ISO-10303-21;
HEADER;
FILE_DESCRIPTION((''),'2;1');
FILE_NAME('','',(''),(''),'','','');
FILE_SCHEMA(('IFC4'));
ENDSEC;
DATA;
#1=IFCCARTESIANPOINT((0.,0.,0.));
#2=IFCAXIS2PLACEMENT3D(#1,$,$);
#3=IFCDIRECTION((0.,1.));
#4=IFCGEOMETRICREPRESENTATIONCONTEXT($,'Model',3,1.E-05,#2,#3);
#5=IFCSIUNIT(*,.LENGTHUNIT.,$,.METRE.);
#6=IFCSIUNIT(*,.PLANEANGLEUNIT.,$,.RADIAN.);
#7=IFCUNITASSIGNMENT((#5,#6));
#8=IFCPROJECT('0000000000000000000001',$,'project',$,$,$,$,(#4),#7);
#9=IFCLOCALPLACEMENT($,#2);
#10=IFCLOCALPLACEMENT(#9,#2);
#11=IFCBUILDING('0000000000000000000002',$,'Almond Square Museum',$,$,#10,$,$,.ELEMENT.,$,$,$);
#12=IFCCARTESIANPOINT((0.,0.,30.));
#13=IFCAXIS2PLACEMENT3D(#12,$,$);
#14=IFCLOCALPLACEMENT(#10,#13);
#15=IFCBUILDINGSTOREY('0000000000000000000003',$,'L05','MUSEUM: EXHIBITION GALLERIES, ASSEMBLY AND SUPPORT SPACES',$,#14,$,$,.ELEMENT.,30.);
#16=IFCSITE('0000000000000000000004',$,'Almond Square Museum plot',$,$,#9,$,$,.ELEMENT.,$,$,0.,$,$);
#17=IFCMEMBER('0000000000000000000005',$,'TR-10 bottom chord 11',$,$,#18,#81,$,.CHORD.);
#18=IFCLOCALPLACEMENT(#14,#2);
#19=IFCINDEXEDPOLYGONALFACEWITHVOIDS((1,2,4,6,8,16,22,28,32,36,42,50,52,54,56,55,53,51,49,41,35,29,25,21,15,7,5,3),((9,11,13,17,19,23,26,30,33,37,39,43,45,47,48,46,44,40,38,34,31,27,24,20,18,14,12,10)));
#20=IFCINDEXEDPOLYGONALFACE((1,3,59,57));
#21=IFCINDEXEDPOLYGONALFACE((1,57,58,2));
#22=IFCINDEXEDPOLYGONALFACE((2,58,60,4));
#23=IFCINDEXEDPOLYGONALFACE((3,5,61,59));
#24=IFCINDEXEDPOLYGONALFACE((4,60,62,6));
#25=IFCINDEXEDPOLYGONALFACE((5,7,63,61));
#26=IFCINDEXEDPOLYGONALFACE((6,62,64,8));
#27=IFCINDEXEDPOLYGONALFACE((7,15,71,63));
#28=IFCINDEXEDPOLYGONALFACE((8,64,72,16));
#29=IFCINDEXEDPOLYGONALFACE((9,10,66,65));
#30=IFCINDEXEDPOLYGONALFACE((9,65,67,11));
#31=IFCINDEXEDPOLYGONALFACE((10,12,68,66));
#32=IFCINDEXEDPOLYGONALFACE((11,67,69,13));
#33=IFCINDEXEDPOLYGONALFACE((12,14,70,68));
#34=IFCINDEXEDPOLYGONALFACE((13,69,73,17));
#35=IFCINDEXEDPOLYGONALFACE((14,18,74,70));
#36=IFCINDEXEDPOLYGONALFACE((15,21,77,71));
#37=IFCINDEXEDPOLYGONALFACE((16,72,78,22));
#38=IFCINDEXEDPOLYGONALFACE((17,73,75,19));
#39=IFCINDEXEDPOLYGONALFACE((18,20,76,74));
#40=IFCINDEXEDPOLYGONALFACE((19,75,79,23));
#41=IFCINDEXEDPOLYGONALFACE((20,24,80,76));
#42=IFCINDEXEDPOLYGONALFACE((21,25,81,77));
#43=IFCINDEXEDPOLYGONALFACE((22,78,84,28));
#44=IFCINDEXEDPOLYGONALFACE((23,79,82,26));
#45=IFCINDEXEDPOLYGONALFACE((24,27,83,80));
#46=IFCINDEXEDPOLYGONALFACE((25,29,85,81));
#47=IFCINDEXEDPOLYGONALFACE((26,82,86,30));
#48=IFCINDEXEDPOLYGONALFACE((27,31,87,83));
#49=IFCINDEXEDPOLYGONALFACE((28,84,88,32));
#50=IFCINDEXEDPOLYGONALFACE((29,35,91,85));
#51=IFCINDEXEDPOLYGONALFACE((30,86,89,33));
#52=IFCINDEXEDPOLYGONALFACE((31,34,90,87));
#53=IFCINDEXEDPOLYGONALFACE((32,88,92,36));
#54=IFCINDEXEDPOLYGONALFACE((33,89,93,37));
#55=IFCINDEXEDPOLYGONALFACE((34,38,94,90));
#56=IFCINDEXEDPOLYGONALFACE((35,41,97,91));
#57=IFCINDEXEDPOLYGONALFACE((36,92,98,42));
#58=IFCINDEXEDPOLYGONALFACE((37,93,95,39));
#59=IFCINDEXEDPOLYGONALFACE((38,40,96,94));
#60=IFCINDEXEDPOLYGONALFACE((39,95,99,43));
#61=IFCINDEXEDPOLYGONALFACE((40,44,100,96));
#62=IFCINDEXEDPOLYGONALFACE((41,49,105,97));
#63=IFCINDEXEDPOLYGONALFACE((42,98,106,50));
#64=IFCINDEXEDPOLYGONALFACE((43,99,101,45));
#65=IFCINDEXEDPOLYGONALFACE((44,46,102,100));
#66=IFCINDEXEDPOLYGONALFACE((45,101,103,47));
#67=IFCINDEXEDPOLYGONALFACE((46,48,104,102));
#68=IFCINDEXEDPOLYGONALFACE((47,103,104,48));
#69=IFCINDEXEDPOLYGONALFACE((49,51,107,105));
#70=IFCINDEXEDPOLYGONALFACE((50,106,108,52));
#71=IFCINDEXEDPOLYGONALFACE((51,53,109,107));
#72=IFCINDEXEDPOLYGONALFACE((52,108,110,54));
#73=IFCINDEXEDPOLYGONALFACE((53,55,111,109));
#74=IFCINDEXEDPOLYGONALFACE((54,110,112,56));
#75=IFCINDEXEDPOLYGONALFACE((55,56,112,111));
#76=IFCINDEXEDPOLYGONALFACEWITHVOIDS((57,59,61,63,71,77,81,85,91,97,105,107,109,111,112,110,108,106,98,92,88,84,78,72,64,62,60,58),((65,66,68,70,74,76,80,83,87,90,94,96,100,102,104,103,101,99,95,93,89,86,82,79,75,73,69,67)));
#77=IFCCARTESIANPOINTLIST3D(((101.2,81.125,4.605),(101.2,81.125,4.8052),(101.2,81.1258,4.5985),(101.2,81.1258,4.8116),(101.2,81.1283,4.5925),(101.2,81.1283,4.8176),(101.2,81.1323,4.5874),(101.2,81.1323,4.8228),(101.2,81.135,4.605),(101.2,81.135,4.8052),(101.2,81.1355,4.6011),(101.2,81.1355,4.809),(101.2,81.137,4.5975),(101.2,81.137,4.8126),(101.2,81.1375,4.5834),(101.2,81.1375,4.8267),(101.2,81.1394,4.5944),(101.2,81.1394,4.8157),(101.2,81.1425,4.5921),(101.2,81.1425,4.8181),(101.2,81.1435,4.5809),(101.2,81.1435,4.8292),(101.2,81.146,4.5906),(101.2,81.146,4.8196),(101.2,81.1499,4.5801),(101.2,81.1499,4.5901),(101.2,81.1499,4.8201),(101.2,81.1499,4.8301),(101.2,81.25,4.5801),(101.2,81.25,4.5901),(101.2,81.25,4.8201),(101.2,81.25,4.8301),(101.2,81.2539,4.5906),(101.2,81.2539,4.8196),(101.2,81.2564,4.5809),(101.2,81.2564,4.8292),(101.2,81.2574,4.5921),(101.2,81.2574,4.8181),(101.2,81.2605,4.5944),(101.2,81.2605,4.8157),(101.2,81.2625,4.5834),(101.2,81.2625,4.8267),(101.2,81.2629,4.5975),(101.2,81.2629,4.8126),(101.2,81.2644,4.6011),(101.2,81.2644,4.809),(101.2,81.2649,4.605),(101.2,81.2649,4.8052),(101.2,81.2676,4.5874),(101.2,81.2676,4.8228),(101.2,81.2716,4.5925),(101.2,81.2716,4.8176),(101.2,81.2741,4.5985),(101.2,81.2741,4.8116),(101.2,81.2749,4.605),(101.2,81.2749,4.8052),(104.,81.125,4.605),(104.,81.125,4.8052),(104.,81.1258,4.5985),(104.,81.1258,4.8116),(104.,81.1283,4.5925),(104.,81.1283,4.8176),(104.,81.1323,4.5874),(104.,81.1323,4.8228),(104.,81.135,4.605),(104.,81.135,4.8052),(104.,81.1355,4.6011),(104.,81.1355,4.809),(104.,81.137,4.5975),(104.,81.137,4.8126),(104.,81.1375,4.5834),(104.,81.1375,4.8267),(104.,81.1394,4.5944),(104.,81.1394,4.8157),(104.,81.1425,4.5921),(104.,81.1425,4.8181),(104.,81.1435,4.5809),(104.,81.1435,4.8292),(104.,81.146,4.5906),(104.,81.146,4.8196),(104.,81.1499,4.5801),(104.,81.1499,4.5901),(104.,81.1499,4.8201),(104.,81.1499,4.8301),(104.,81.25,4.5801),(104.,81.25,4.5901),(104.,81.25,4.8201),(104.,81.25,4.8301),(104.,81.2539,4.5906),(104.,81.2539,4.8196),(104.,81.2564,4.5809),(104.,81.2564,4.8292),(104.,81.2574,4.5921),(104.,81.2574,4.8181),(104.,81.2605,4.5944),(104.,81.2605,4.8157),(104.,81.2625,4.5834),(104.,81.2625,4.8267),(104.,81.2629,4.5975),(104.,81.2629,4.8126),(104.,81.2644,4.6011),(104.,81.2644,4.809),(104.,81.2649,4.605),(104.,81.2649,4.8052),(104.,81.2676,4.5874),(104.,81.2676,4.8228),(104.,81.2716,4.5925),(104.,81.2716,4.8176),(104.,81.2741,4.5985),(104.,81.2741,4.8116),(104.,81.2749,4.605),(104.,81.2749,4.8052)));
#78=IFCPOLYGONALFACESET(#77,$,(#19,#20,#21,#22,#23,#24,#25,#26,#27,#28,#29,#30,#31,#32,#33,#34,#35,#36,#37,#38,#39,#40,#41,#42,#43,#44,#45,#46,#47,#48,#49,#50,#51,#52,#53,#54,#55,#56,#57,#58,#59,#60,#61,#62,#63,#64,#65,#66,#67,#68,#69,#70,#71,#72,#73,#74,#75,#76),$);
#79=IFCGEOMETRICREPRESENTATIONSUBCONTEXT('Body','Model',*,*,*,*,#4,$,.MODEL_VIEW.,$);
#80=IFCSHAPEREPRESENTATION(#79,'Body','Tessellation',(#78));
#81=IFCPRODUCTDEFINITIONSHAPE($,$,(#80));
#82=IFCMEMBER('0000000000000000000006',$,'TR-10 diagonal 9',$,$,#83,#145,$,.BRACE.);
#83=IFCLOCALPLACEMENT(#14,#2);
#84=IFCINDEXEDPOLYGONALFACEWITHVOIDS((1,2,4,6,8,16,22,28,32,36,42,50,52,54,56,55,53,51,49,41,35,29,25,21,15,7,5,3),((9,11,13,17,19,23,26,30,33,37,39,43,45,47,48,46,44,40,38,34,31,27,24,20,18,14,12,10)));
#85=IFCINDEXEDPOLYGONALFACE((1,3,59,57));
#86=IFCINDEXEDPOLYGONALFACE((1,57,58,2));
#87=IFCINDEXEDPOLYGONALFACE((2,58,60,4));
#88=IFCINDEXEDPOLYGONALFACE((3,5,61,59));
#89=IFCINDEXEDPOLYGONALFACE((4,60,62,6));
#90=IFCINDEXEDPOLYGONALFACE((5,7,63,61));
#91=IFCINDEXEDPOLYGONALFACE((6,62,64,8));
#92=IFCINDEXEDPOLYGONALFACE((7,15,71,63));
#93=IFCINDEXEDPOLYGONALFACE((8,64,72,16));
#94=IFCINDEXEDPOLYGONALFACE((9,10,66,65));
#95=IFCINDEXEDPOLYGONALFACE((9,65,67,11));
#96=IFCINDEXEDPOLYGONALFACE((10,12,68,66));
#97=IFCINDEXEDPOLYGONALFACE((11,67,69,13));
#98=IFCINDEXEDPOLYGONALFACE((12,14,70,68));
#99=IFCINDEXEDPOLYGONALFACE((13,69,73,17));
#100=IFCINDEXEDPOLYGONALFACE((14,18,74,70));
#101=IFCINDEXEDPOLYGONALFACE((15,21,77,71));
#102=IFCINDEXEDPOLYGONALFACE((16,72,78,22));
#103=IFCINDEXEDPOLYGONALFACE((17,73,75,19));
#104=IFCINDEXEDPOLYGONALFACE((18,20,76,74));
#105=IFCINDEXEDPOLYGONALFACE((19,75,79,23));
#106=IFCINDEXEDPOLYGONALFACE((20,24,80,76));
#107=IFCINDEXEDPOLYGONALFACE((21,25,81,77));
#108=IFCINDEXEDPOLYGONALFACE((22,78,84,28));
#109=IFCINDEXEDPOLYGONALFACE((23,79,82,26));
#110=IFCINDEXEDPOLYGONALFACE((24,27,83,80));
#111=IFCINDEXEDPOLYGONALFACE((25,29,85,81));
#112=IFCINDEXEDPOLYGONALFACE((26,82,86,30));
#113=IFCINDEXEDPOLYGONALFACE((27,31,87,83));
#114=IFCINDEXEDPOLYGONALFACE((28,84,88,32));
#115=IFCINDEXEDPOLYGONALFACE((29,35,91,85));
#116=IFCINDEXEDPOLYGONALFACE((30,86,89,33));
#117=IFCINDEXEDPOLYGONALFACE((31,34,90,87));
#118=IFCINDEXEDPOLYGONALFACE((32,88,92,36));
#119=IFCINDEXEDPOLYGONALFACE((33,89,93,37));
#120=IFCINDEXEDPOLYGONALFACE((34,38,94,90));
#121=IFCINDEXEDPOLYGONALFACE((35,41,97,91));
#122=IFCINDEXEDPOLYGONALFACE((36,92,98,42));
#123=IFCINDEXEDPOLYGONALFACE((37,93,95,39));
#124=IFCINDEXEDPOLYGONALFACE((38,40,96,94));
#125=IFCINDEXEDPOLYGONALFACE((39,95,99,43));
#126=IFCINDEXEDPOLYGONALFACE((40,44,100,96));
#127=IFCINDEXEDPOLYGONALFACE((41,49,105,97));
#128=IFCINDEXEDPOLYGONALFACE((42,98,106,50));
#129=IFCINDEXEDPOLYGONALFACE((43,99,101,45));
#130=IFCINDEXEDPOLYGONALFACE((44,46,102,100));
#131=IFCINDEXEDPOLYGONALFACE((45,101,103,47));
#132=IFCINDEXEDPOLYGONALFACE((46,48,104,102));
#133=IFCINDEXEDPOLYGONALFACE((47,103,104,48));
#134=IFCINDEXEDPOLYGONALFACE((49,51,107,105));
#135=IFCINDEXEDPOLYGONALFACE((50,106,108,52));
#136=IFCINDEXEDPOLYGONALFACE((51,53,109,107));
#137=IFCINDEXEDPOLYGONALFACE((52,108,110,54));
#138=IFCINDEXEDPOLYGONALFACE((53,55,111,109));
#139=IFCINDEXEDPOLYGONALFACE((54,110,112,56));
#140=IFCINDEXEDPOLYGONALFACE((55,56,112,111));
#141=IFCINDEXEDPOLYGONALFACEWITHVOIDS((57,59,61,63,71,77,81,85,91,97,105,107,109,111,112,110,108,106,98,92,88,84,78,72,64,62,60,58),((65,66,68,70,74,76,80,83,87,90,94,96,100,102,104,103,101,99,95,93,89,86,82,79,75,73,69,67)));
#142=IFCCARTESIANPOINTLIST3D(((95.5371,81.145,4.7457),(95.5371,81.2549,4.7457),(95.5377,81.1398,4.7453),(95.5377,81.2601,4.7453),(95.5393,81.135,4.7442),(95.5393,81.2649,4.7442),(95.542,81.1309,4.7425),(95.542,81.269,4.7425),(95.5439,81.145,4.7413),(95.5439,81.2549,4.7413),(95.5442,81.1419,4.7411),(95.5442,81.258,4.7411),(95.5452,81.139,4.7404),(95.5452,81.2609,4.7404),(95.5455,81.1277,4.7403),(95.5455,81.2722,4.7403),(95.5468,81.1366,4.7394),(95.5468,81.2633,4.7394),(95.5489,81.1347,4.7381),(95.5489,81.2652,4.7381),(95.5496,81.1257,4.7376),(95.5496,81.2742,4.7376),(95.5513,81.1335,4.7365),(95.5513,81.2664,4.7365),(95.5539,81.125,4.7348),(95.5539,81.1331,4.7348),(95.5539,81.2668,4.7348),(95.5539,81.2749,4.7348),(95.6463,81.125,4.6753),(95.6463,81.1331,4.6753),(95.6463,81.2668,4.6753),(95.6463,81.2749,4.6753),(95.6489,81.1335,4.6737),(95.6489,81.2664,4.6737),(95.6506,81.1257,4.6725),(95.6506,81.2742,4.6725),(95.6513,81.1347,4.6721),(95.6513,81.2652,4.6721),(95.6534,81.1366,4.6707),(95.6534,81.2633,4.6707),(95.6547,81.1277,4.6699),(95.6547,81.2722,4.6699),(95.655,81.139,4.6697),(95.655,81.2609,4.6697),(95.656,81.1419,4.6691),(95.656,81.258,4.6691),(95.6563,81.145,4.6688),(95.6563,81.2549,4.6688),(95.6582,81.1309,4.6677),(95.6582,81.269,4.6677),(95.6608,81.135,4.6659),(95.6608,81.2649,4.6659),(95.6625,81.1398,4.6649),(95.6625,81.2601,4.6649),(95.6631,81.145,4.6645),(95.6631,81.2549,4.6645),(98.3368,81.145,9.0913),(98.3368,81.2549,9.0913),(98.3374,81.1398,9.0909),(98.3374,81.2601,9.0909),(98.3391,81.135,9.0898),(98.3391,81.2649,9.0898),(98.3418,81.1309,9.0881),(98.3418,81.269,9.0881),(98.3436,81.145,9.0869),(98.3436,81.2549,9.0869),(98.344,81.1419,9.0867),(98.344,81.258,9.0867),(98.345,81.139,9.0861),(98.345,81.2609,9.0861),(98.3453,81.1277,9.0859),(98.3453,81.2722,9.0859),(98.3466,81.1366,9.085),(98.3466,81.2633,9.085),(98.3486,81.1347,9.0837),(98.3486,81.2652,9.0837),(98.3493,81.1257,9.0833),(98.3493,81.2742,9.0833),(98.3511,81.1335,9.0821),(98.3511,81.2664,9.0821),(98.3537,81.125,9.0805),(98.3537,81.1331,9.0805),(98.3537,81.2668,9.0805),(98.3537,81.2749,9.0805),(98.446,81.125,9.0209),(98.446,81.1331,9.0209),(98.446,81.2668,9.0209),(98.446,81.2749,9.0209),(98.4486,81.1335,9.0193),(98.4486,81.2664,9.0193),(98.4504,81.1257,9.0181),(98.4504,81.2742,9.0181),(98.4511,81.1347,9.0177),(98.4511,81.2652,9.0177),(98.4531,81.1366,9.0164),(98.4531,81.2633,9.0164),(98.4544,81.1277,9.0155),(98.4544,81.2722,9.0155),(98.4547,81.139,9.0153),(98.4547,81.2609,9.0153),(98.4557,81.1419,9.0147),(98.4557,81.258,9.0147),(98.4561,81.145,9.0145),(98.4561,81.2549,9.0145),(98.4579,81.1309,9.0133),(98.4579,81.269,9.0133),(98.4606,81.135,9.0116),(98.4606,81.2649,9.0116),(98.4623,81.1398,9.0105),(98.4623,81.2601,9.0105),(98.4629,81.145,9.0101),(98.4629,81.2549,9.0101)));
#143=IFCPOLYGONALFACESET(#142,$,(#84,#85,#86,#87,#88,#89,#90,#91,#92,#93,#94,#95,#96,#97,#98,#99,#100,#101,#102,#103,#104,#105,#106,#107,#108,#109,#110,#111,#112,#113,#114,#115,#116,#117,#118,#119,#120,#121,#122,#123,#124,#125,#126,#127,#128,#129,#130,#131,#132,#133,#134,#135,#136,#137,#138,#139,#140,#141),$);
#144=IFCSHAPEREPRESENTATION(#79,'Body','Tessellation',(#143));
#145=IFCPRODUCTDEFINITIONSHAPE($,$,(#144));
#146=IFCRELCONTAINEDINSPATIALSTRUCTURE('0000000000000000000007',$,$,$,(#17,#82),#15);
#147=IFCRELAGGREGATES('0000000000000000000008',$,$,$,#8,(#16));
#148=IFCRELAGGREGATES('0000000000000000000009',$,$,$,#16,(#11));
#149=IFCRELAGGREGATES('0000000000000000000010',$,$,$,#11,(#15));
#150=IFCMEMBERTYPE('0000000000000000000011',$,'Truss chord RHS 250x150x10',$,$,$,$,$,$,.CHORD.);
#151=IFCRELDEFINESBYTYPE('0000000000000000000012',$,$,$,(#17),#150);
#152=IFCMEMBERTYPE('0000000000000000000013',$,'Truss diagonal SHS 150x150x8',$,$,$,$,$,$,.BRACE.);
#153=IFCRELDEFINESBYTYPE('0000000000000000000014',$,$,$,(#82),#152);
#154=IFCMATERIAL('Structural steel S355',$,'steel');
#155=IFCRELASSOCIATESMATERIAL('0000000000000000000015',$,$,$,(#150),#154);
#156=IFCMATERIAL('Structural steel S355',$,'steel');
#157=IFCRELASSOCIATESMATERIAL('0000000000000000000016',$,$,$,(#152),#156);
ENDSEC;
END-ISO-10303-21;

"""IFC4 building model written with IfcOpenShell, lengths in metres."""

from ifc_helpers import new_model, si_unit, direction, frame, origin, origin_2d, place, context, subcontext, project, spatial, hollow_rectangle, extrude, material, material_profile, profile_set, type_object, element, save


model = new_model("IFC4")

# Units and contexts
model_context = context("Model", 3, precision=1e-05, world=origin(), true_north=direction((0.0, 1.0)))
body_context = subcontext(model_context, "Body", "Model", "MODEL_VIEW")
ifc_project = project(units=[si_unit("LENGTHUNIT", "METRE"), si_unit("PLANEANGLEUNIT", "RADIAN")], contexts=[model_context])

# Site, building, storey
site_placement = place(None, origin())
site = spatial("IfcSite", under=ifc_project, at=site_placement, Name="Almond Square Museum plot", CompositionType="ELEMENT", RefElevation=0.0)
building_placement = place(site_placement, origin())
building = spatial("IfcBuilding", under=site, at=building_placement, Name="Almond Square Museum", CompositionType="ELEMENT")
storey_placement = place(building_placement, frame((0.0, 0.0, 30.0)))
storey = spatial("IfcBuildingStorey", under=building, at=storey_placement, Name="L05", Description="MUSEUM: EXHIBITION GALLERIES, ASSEMBLY AND SUPPORT SPACES", CompositionType="ELEMENT", Elevation=30.0)

# Members
ifc_material_1 = material(Name="Structural steel S355", Category="steel")
ifc_material_profile_1 = material_profile(ifc_material_1, hollow_rectangle(XDim=0.1499, YDim=0.25, WallThickness=0.01, InnerFilletRadius=0.0149, OuterFilletRadius=0.0249, at=origin_2d()))
ifc_profile_set_1 = profile_set([ifc_material_profile_1], Name="Structural steel S355")
member_type_1 = type_object("IfcMemberType", Name="Truss chord RHS 250x150x10", PredefinedType="CHORD", material=ifc_profile_set_1)
for number, where, z_axis, x_axis, name in (
    (1, (101.2, 81.2, 4.7051), (1.0, 0.0, 0.0), (0.0, 1.0, 0.0), "TR-10 bottom chord 11"),
):
    element("IfcMember", number, at=place(storey_placement, frame(where, z_axis=z_axis, x_axis=x_axis)), inside=storey, type_object=member_type_1, Name=name, PredefinedType="CHORD", context=body_context, shape_type="SweptSolid", body=[
        extrude(hollow_rectangle(XDim=0.1499, YDim=0.25, WallThickness=0.01, InnerFilletRadius=0.0149, OuterFilletRadius=0.0249, at=origin_2d()), origin(), (0.0, 0.0, 1.0), 2.8),
    ])
ifc_material_2 = material(Name="Structural steel S355", Category="steel")
ifc_material_profile_2 = material_profile(ifc_material_2, hollow_rectangle(XDim=0.1499, YDim=0.1499, WallThickness=0.0081, InnerFilletRadius=0.012, OuterFilletRadius=0.02, at=origin_2d()))
ifc_profile_set_2 = profile_set([ifc_material_profile_2], Name="Structural steel S355")
member_type_2 = type_object("IfcMemberType", Name="Truss diagonal SHS 150x150x8", PredefinedType="BRACE", material=ifc_profile_set_2)
member_1_placement = place(storey_placement, frame((95.6001, 81.2, 4.7051), z_axis=(0.541598, 0.0, 0.840638), x_axis=(0.0, 1.0, 0.0)))
element("IfcMember", 2, at=member_1_placement, inside=storey, type_object=member_type_2, Name="TR-10 diagonal 9", PredefinedType="BRACE", context=body_context, shape_type="SweptSolid", body=[
    extrude(hollow_rectangle(XDim=0.1499, YDim=0.1499, WallThickness=0.0081, InnerFilletRadius=0.012, OuterFilletRadius=0.02, at=origin_2d()), origin(), (0.0, 0.0, 1.0), 5.1694),
])

save(model, "model.ifc")
